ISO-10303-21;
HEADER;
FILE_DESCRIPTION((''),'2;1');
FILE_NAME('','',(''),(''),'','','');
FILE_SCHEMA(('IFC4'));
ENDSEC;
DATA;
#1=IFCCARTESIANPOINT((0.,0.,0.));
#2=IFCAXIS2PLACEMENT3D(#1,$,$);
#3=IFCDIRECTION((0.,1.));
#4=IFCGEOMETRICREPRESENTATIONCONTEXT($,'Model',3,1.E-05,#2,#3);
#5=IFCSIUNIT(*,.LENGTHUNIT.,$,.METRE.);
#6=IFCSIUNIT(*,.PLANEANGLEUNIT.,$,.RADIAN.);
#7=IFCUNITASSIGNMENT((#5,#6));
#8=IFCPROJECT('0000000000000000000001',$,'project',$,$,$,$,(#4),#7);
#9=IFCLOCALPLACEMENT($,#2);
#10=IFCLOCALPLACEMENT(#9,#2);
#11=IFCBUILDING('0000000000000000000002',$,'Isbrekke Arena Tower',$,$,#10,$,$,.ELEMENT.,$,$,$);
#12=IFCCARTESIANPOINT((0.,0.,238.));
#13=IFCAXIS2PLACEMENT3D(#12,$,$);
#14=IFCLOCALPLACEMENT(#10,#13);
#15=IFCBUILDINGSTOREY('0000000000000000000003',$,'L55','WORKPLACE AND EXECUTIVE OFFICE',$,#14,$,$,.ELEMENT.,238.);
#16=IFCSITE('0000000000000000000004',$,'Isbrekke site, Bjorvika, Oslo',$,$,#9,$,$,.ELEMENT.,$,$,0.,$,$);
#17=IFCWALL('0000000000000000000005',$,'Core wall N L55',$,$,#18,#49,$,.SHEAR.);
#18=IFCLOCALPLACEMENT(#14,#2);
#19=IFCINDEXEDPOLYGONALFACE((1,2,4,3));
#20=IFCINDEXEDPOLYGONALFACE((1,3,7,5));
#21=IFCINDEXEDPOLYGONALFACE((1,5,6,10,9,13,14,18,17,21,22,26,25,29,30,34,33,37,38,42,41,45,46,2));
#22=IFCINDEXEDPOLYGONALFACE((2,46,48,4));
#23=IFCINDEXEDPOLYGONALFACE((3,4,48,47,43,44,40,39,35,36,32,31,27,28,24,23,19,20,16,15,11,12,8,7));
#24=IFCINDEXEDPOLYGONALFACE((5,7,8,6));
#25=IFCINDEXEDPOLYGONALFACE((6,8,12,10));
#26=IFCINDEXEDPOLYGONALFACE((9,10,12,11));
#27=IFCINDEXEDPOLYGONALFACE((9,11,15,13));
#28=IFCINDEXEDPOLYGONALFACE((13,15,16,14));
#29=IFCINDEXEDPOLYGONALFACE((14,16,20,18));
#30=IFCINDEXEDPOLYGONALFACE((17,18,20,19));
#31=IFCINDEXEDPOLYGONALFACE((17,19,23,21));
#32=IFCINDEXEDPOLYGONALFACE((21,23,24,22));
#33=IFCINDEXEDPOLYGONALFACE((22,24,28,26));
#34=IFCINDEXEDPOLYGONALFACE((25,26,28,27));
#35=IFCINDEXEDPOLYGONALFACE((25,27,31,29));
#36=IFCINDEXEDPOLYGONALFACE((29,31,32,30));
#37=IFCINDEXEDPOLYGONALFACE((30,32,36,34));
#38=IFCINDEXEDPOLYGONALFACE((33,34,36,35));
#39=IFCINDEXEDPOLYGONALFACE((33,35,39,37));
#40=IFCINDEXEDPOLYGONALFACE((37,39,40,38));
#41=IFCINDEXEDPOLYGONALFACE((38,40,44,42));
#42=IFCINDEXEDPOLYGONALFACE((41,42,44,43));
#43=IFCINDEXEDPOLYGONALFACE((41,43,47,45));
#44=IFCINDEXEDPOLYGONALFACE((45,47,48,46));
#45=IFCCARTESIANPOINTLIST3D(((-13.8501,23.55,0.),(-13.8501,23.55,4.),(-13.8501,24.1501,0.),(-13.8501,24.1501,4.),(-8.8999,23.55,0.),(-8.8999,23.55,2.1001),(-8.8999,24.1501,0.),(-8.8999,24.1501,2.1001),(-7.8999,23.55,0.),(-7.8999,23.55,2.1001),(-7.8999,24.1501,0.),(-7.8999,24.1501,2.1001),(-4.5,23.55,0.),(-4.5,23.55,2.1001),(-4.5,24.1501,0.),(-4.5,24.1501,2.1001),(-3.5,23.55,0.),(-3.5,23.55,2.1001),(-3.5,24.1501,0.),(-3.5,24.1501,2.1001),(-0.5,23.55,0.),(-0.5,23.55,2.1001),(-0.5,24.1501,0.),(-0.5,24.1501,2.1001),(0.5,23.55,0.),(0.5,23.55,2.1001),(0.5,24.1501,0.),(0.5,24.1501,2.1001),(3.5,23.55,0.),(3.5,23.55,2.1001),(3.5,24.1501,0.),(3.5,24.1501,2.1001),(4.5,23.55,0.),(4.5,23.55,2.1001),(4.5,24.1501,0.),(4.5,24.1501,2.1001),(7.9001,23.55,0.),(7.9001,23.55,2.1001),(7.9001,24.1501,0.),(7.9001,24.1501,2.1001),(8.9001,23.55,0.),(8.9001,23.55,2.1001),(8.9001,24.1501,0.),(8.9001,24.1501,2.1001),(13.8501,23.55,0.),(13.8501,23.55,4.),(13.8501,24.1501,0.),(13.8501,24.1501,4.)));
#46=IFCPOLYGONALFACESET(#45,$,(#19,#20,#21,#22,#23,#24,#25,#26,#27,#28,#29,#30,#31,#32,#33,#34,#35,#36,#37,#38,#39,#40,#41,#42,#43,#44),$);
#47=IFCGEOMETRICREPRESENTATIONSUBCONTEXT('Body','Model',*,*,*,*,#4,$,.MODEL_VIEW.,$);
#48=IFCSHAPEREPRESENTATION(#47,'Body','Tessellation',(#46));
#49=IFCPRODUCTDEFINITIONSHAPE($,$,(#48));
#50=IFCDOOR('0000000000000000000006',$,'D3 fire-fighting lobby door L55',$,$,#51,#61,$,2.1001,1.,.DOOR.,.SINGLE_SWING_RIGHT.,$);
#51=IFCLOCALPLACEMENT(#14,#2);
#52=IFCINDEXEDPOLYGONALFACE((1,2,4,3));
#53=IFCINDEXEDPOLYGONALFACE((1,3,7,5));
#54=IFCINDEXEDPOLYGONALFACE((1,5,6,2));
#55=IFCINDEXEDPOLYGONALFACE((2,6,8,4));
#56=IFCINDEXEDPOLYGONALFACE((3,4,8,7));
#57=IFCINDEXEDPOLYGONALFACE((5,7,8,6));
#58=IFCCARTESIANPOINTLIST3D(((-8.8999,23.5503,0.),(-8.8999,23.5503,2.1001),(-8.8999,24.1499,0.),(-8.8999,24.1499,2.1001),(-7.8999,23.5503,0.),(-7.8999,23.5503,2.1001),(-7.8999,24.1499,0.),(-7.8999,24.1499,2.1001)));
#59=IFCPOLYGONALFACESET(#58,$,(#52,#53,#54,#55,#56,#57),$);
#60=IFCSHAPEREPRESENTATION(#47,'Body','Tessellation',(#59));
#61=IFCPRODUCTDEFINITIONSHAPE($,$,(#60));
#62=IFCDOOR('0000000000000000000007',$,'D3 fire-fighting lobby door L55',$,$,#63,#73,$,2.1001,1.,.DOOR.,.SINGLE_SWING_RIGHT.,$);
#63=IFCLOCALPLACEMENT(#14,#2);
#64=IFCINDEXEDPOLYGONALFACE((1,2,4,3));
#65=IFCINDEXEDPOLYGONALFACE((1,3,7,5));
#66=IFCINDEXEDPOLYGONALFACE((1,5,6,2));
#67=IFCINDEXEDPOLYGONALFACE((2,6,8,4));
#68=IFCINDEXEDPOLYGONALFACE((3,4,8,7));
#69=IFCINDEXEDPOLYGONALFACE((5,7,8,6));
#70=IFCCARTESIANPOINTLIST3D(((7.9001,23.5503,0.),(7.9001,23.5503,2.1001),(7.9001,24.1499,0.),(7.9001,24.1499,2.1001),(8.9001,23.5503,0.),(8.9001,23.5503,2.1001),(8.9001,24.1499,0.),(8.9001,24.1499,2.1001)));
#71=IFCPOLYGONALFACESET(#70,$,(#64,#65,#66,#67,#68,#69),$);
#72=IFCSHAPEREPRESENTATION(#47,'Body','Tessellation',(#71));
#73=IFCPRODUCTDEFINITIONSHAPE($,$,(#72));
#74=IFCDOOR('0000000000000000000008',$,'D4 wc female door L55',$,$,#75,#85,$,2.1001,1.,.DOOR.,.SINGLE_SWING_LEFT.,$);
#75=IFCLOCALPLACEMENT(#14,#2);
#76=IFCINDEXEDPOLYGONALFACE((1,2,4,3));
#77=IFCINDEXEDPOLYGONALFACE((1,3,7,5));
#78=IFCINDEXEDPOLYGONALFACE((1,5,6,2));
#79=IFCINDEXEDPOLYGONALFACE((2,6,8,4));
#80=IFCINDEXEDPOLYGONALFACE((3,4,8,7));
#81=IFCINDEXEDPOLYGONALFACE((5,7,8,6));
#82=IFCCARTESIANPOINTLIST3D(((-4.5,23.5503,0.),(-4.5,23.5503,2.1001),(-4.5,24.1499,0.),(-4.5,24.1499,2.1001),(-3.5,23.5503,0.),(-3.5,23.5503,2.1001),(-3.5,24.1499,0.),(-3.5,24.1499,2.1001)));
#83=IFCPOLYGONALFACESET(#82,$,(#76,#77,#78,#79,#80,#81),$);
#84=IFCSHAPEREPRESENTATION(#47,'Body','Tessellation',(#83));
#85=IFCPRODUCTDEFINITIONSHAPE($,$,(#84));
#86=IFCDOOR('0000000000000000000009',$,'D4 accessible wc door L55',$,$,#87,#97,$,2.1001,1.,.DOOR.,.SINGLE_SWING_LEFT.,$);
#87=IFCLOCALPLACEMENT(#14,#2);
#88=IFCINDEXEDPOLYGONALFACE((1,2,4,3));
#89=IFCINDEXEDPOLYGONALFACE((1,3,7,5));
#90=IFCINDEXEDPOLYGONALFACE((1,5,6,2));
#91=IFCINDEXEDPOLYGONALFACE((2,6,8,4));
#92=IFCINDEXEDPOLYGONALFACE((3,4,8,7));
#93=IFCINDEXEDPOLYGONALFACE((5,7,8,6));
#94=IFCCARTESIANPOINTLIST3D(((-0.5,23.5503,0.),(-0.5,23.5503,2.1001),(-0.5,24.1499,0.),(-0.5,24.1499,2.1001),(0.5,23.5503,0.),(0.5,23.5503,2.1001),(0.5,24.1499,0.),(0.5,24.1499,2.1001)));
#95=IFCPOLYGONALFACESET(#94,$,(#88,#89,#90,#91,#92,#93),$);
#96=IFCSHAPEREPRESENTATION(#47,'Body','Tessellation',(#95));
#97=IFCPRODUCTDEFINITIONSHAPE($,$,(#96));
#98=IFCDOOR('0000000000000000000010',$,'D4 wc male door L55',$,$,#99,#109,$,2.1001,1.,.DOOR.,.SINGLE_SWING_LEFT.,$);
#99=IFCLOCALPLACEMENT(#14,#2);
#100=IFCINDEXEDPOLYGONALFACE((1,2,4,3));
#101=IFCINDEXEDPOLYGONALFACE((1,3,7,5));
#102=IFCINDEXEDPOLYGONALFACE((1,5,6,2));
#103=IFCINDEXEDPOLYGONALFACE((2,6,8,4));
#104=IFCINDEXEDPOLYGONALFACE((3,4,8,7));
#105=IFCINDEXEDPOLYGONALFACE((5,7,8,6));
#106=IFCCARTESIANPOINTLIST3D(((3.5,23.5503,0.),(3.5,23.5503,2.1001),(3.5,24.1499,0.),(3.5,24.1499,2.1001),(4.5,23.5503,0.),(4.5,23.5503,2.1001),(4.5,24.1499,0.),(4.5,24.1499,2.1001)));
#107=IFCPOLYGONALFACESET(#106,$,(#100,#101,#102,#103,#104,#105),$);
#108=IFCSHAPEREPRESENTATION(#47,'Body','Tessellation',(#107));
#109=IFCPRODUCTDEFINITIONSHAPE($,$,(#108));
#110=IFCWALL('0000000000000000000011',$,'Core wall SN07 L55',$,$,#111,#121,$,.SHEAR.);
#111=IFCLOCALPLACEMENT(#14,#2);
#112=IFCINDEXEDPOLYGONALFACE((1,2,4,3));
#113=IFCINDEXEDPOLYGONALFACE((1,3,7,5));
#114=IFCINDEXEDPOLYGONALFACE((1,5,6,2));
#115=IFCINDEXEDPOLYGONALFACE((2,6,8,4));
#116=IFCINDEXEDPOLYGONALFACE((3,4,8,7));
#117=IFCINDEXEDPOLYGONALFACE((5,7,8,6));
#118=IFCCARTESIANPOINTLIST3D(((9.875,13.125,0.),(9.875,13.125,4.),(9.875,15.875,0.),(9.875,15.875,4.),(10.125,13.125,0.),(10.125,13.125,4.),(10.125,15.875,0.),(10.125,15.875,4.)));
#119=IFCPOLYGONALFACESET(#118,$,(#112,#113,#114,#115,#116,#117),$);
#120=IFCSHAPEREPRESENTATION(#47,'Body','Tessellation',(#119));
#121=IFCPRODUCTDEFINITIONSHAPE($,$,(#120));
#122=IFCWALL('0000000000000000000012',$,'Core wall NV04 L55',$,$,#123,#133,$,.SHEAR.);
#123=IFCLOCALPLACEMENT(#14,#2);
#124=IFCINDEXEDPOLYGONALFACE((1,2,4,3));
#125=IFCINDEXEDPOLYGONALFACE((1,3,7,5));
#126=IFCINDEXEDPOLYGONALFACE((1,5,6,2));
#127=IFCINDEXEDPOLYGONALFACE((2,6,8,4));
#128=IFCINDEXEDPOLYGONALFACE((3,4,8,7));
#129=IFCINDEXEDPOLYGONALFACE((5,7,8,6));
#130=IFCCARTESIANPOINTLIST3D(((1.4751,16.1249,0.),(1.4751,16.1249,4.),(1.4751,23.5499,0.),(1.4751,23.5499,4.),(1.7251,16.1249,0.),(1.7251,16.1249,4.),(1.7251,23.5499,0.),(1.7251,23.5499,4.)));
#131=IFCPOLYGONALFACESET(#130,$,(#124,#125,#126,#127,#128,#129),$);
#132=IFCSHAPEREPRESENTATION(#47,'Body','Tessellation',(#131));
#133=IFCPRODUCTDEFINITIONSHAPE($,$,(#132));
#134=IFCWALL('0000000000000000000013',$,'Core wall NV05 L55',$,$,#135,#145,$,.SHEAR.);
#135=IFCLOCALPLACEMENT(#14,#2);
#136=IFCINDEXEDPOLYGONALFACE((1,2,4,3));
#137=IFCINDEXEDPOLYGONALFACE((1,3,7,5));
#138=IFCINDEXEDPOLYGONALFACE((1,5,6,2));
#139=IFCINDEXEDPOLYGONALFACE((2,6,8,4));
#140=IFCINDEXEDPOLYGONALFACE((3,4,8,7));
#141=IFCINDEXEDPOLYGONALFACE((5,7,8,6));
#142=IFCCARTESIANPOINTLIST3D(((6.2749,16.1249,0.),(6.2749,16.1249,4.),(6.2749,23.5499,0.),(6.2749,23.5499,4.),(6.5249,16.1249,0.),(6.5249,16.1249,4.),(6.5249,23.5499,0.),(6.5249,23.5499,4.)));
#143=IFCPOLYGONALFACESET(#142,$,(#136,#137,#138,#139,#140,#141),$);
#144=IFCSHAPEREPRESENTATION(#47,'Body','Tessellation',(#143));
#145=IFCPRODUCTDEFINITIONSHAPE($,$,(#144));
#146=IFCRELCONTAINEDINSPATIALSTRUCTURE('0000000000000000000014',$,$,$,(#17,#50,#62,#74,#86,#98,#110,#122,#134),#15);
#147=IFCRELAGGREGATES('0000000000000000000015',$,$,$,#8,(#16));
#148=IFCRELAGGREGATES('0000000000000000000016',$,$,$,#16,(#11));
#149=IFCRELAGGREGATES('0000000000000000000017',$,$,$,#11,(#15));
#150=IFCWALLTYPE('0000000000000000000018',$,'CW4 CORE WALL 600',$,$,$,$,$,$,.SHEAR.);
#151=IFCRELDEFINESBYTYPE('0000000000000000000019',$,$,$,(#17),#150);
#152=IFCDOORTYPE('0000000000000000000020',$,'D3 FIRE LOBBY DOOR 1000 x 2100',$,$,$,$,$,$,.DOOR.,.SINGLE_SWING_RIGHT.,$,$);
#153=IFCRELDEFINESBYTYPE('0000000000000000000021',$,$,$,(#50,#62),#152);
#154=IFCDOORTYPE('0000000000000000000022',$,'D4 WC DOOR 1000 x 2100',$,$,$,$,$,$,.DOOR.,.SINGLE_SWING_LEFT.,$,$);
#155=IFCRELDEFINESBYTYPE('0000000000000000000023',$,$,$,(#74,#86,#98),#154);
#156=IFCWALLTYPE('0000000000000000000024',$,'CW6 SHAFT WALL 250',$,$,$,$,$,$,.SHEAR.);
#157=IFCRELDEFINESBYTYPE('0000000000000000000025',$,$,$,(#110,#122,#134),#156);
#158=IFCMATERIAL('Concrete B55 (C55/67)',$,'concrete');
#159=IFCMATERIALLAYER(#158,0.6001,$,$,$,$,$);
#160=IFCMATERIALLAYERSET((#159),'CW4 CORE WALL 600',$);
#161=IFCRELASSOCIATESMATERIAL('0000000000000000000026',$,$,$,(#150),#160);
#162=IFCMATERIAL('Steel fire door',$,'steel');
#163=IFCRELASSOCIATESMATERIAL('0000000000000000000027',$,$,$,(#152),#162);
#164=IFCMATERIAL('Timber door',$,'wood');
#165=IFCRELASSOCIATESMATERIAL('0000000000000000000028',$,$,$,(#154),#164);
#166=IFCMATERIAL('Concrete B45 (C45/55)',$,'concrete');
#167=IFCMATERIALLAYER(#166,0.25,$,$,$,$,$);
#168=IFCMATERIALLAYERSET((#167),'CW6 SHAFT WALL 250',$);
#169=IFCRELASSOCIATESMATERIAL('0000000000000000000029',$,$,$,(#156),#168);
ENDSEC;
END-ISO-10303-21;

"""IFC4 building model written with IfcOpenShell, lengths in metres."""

from ifc_helpers import new_model, si_unit, direction, frame, frame_2d, origin, place, context, subcontext, project, spatial, rectangle, extrude, material, layer, layer_set, type_object, element, fill, save


model = new_model("IFC4")

# Units and contexts
model_context = context("Model", 3, precision=1e-05, world=origin(), true_north=direction((0.0, 1.0)))
body_context = subcontext(model_context, "Body", "Model", "MODEL_VIEW")
ifc_project = project(units=[si_unit("LENGTHUNIT", "METRE"), si_unit("PLANEANGLEUNIT", "RADIAN")], contexts=[model_context])

# Site, building, storey
site_placement = place(None, origin())
site = spatial("IfcSite", under=ifc_project, at=site_placement, Name="Isbrekke site, Bjorvika, Oslo", CompositionType="ELEMENT", RefElevation=0.0)
building_placement = place(site_placement, origin())
building = spatial("IfcBuilding", under=site, at=building_placement, Name="Isbrekke Arena Tower", CompositionType="ELEMENT")
storey_placement = place(building_placement, frame((0.0, 0.0, 238.0)))
storey = spatial("IfcBuildingStorey", under=building, at=storey_placement, Name="L55", Description="WORKPLACE AND EXECUTIVE OFFICE", CompositionType="ELEMENT", Elevation=238.0)

# Wall, openings, doors
ifc_material_1 = material(Name="Concrete B55 (C55/67)", Category="concrete")
ifc_layer_1 = layer(ifc_material_1, 0.6001)
ifc_layer_set_1 = layer_set([ifc_layer_1], Name="CW4 CORE WALL 600")
wall_type_1 = type_object("IfcWallType", Name="CW4 CORE WALL 600", PredefinedType="SHEAR", material=ifc_layer_set_1)
wall_1_placement = place(storey_placement, frame((13.8501, 23.8501, 0.0), z_axis=(0.0, 0.0, 1.0), x_axis=(-1.0, 0.0, 0.0)))
wall_1 = element("IfcWall", 1, at=wall_1_placement, inside=storey, type_object=wall_type_1, Name="Core wall N L55", PredefinedType="SHEAR", context=body_context, shape_type="SweptSolid", body=[
    extrude(rectangle(XDim=27.7002, YDim=0.6001, at=frame_2d((13.8501, 0.0))), origin(), (0.0, 0.0, 1.0), 4.0),
])
opening_1_placement = place(wall_1_placement, frame((21.75, 0.0, 0.0)))
opening_1 = element("IfcOpeningElement", 2, at=opening_1_placement, cuts=wall_1, PredefinedType="OPENING", context=body_context, shape_type="SweptSolid", body=[
    extrude(rectangle(XDim=1.0, YDim=2.1001, at=frame_2d((0.5, 1.05))), frame((0.0, 0.3149, 0.0), z_axis=(0.0, -1.0, 0.0), x_axis=(1.0, 0.0, 0.0)), (0.0, 0.0, 1.0), 0.6299),
])
opening_2_placement = place(wall_1_placement, frame((4.95, 0.0, 0.0)))
opening_2 = element("IfcOpeningElement", 3, at=opening_2_placement, cuts=wall_1, PredefinedType="OPENING", context=body_context, shape_type="SweptSolid", body=[
    extrude(rectangle(XDim=1.0, YDim=2.1001, at=frame_2d((0.5, 1.05))), frame((0.0, 0.3149, 0.0), z_axis=(0.0, -1.0, 0.0), x_axis=(1.0, 0.0, 0.0)), (0.0, 0.0, 1.0), 0.6299),
])
opening_3_placement = place(wall_1_placement, frame((17.3501, 0.0, 0.0)))
opening_3 = element("IfcOpeningElement", 4, at=opening_3_placement, cuts=wall_1, PredefinedType="OPENING", context=body_context, shape_type="SweptSolid", body=[
    extrude(rectangle(XDim=1.0, YDim=2.1001, at=frame_2d((0.5, 1.05))), frame((0.0, 0.3149, 0.0), z_axis=(0.0, -1.0, 0.0), x_axis=(1.0, 0.0, 0.0)), (0.0, 0.0, 1.0), 0.6299),
])
opening_4_placement = place(wall_1_placement, frame((13.3501, 0.0, 0.0)))
opening_4 = element("IfcOpeningElement", 5, at=opening_4_placement, cuts=wall_1, PredefinedType="OPENING", context=body_context, shape_type="SweptSolid", body=[
    extrude(rectangle(XDim=1.0, YDim=2.1001, at=frame_2d((0.5, 1.05))), frame((0.0, 0.3149, 0.0), z_axis=(0.0, -1.0, 0.0), x_axis=(1.0, 0.0, 0.0)), (0.0, 0.0, 1.0), 0.6299),
])
opening_5_placement = place(wall_1_placement, frame((9.3501, 0.0, 0.0)))
opening_5 = element("IfcOpeningElement", 6, at=opening_5_placement, cuts=wall_1, PredefinedType="OPENING", context=body_context, shape_type="SweptSolid", body=[
    extrude(rectangle(XDim=1.0, YDim=2.1001, at=frame_2d((0.5, 1.05))), frame((0.0, 0.3149, 0.0), z_axis=(0.0, -1.0, 0.0), x_axis=(1.0, 0.0, 0.0)), (0.0, 0.0, 1.0), 0.6299),
])
ifc_material_2 = material(Name="Steel fire door", Category="steel")
door_type_1 = type_object("IfcDoorType", Name="D3 FIRE LOBBY DOOR 1000 x 2100", OperationType="SINGLE_SWING_RIGHT", PredefinedType="DOOR", material=ifc_material_2)
door_1_placement = place(opening_1_placement, origin())
door_1 = element("IfcDoor", 7, at=door_1_placement, inside=storey, type_object=door_type_1, Name="D3 fire-fighting lobby door L55", OperationType="SINGLE_SWING_RIGHT", OverallHeight=2.1001, OverallWidth=1.0, PredefinedType="DOOR", context=body_context, shape_type="SweptSolid", body=[
    extrude(rectangle(XDim=1.0, YDim=2.1001, at=frame_2d((0.5, 1.05))), frame((0.0, 0.2998, 0.0), z_axis=(0.0, -1.0, 0.0), x_axis=(1.0, 0.0, 0.0)), (0.0, 0.0, 1.0), 0.5996),
])
fill(opening_1, door_1)
door_2_placement = place(opening_2_placement, origin())
door_2 = element("IfcDoor", 8, at=door_2_placement, inside=storey, type_object=door_type_1, Name="D3 fire-fighting lobby door L55", OperationType="SINGLE_SWING_RIGHT", OverallHeight=2.1001, OverallWidth=1.0, PredefinedType="DOOR", context=body_context, shape_type="SweptSolid", body=[
    extrude(rectangle(XDim=1.0, YDim=2.1001, at=frame_2d((0.5, 1.05))), frame((0.0, 0.2998, 0.0), z_axis=(0.0, -1.0, 0.0), x_axis=(1.0, 0.0, 0.0)), (0.0, 0.0, 1.0), 0.5996),
])
fill(opening_2, door_2)
ifc_material_3 = material(Name="Timber door", Category="wood")
door_type_2 = type_object("IfcDoorType", Name="D4 WC DOOR 1000 x 2100", OperationType="SINGLE_SWING_LEFT", PredefinedType="DOOR", material=ifc_material_3)
door_3_placement = place(opening_3_placement, origin())
door_3 = element("IfcDoor", 9, at=door_3_placement, inside=storey, type_object=door_type_2, Name="D4 wc female door L55", OperationType="SINGLE_SWING_LEFT", OverallHeight=2.1001, OverallWidth=1.0, PredefinedType="DOOR", context=body_context, shape_type="SweptSolid", body=[
    extrude(rectangle(XDim=1.0, YDim=2.1001, at=frame_2d((0.5, 1.05))), frame((0.0, 0.2998, 0.0), z_axis=(0.0, -1.0, 0.0), x_axis=(1.0, 0.0, 0.0)), (0.0, 0.0, 1.0), 0.5996),
])
fill(opening_3, door_3)
door_4_placement = place(opening_4_placement, origin())
door_4 = element("IfcDoor", 10, at=door_4_placement, inside=storey, type_object=door_type_2, Name="D4 accessible wc door L55", OperationType="SINGLE_SWING_LEFT", OverallHeight=2.1001, OverallWidth=1.0, PredefinedType="DOOR", context=body_context, shape_type="SweptSolid", body=[
    extrude(rectangle(XDim=1.0, YDim=2.1001, at=frame_2d((0.5, 1.05))), frame((0.0, 0.2998, 0.0), z_axis=(0.0, -1.0, 0.0), x_axis=(1.0, 0.0, 0.0)), (0.0, 0.0, 1.0), 0.5996),
])
fill(opening_4, door_4)
door_5_placement = place(opening_5_placement, origin())
door_5 = element("IfcDoor", 11, at=door_5_placement, inside=storey, type_object=door_type_2, Name="D4 wc male door L55", OperationType="SINGLE_SWING_LEFT", OverallHeight=2.1001, OverallWidth=1.0, PredefinedType="DOOR", context=body_context, shape_type="SweptSolid", body=[
    extrude(rectangle(XDim=1.0, YDim=2.1001, at=frame_2d((0.5, 1.05))), frame((0.0, 0.2998, 0.0), z_axis=(0.0, -1.0, 0.0), x_axis=(1.0, 0.0, 0.0)), (0.0, 0.0, 1.0), 0.5996),
])
fill(opening_5, door_5)

# Walls
ifc_material_4 = material(Name="Concrete B45 (C45/55)", Category="concrete")
ifc_layer_2 = layer(ifc_material_4, 0.25)
ifc_layer_set_2 = layer_set([ifc_layer_2], Name="CW6 SHAFT WALL 250")
wall_type_2 = type_object("IfcWallType", Name="CW6 SHAFT WALL 250", PredefinedType="SHEAR", material=ifc_layer_set_2)
wall_2_placement = place(storey_placement, frame((10.0, 13.125, 0.0), z_axis=(0.0, 0.0, 1.0), x_axis=(0.0, 1.0, 0.0)))
element("IfcWall", 12, at=wall_2_placement, inside=storey, type_object=wall_type_2, Name="Core wall SN07 L55", PredefinedType="SHEAR", context=body_context, shape_type="SweptSolid", body=[
    extrude(rectangle(XDim=2.75, YDim=0.25, at=frame_2d((1.375, 0.0))), origin(), (0.0, 0.0, 1.0), 4.0),
])
for number, where, z_axis, x_axis, name in (
    (13, (1.6001, 16.125, 0.0), (0.0, 0.0, 1.0), (0.0, 1.0, 0.0), "Core wall NV04 L55"),
    (14, (6.3999, 16.125, 0.0), (0.0, 0.0, 1.0), (0.0, 1.0, 0.0), "Core wall NV05 L55"),
):
    element("IfcWall", number, at=place(storey_placement, frame(where, z_axis=z_axis, x_axis=x_axis)), inside=storey, type_object=wall_type_2, Name=name, PredefinedType="SHEAR", context=body_context, shape_type="SweptSolid", body=[
        extrude(rectangle(XDim=7.425, YDim=0.25, at=frame_2d((3.7124, 0.0))), origin(), (0.0, 0.0, 1.0), 4.0),
    ])

save(model, "model.ifc")
